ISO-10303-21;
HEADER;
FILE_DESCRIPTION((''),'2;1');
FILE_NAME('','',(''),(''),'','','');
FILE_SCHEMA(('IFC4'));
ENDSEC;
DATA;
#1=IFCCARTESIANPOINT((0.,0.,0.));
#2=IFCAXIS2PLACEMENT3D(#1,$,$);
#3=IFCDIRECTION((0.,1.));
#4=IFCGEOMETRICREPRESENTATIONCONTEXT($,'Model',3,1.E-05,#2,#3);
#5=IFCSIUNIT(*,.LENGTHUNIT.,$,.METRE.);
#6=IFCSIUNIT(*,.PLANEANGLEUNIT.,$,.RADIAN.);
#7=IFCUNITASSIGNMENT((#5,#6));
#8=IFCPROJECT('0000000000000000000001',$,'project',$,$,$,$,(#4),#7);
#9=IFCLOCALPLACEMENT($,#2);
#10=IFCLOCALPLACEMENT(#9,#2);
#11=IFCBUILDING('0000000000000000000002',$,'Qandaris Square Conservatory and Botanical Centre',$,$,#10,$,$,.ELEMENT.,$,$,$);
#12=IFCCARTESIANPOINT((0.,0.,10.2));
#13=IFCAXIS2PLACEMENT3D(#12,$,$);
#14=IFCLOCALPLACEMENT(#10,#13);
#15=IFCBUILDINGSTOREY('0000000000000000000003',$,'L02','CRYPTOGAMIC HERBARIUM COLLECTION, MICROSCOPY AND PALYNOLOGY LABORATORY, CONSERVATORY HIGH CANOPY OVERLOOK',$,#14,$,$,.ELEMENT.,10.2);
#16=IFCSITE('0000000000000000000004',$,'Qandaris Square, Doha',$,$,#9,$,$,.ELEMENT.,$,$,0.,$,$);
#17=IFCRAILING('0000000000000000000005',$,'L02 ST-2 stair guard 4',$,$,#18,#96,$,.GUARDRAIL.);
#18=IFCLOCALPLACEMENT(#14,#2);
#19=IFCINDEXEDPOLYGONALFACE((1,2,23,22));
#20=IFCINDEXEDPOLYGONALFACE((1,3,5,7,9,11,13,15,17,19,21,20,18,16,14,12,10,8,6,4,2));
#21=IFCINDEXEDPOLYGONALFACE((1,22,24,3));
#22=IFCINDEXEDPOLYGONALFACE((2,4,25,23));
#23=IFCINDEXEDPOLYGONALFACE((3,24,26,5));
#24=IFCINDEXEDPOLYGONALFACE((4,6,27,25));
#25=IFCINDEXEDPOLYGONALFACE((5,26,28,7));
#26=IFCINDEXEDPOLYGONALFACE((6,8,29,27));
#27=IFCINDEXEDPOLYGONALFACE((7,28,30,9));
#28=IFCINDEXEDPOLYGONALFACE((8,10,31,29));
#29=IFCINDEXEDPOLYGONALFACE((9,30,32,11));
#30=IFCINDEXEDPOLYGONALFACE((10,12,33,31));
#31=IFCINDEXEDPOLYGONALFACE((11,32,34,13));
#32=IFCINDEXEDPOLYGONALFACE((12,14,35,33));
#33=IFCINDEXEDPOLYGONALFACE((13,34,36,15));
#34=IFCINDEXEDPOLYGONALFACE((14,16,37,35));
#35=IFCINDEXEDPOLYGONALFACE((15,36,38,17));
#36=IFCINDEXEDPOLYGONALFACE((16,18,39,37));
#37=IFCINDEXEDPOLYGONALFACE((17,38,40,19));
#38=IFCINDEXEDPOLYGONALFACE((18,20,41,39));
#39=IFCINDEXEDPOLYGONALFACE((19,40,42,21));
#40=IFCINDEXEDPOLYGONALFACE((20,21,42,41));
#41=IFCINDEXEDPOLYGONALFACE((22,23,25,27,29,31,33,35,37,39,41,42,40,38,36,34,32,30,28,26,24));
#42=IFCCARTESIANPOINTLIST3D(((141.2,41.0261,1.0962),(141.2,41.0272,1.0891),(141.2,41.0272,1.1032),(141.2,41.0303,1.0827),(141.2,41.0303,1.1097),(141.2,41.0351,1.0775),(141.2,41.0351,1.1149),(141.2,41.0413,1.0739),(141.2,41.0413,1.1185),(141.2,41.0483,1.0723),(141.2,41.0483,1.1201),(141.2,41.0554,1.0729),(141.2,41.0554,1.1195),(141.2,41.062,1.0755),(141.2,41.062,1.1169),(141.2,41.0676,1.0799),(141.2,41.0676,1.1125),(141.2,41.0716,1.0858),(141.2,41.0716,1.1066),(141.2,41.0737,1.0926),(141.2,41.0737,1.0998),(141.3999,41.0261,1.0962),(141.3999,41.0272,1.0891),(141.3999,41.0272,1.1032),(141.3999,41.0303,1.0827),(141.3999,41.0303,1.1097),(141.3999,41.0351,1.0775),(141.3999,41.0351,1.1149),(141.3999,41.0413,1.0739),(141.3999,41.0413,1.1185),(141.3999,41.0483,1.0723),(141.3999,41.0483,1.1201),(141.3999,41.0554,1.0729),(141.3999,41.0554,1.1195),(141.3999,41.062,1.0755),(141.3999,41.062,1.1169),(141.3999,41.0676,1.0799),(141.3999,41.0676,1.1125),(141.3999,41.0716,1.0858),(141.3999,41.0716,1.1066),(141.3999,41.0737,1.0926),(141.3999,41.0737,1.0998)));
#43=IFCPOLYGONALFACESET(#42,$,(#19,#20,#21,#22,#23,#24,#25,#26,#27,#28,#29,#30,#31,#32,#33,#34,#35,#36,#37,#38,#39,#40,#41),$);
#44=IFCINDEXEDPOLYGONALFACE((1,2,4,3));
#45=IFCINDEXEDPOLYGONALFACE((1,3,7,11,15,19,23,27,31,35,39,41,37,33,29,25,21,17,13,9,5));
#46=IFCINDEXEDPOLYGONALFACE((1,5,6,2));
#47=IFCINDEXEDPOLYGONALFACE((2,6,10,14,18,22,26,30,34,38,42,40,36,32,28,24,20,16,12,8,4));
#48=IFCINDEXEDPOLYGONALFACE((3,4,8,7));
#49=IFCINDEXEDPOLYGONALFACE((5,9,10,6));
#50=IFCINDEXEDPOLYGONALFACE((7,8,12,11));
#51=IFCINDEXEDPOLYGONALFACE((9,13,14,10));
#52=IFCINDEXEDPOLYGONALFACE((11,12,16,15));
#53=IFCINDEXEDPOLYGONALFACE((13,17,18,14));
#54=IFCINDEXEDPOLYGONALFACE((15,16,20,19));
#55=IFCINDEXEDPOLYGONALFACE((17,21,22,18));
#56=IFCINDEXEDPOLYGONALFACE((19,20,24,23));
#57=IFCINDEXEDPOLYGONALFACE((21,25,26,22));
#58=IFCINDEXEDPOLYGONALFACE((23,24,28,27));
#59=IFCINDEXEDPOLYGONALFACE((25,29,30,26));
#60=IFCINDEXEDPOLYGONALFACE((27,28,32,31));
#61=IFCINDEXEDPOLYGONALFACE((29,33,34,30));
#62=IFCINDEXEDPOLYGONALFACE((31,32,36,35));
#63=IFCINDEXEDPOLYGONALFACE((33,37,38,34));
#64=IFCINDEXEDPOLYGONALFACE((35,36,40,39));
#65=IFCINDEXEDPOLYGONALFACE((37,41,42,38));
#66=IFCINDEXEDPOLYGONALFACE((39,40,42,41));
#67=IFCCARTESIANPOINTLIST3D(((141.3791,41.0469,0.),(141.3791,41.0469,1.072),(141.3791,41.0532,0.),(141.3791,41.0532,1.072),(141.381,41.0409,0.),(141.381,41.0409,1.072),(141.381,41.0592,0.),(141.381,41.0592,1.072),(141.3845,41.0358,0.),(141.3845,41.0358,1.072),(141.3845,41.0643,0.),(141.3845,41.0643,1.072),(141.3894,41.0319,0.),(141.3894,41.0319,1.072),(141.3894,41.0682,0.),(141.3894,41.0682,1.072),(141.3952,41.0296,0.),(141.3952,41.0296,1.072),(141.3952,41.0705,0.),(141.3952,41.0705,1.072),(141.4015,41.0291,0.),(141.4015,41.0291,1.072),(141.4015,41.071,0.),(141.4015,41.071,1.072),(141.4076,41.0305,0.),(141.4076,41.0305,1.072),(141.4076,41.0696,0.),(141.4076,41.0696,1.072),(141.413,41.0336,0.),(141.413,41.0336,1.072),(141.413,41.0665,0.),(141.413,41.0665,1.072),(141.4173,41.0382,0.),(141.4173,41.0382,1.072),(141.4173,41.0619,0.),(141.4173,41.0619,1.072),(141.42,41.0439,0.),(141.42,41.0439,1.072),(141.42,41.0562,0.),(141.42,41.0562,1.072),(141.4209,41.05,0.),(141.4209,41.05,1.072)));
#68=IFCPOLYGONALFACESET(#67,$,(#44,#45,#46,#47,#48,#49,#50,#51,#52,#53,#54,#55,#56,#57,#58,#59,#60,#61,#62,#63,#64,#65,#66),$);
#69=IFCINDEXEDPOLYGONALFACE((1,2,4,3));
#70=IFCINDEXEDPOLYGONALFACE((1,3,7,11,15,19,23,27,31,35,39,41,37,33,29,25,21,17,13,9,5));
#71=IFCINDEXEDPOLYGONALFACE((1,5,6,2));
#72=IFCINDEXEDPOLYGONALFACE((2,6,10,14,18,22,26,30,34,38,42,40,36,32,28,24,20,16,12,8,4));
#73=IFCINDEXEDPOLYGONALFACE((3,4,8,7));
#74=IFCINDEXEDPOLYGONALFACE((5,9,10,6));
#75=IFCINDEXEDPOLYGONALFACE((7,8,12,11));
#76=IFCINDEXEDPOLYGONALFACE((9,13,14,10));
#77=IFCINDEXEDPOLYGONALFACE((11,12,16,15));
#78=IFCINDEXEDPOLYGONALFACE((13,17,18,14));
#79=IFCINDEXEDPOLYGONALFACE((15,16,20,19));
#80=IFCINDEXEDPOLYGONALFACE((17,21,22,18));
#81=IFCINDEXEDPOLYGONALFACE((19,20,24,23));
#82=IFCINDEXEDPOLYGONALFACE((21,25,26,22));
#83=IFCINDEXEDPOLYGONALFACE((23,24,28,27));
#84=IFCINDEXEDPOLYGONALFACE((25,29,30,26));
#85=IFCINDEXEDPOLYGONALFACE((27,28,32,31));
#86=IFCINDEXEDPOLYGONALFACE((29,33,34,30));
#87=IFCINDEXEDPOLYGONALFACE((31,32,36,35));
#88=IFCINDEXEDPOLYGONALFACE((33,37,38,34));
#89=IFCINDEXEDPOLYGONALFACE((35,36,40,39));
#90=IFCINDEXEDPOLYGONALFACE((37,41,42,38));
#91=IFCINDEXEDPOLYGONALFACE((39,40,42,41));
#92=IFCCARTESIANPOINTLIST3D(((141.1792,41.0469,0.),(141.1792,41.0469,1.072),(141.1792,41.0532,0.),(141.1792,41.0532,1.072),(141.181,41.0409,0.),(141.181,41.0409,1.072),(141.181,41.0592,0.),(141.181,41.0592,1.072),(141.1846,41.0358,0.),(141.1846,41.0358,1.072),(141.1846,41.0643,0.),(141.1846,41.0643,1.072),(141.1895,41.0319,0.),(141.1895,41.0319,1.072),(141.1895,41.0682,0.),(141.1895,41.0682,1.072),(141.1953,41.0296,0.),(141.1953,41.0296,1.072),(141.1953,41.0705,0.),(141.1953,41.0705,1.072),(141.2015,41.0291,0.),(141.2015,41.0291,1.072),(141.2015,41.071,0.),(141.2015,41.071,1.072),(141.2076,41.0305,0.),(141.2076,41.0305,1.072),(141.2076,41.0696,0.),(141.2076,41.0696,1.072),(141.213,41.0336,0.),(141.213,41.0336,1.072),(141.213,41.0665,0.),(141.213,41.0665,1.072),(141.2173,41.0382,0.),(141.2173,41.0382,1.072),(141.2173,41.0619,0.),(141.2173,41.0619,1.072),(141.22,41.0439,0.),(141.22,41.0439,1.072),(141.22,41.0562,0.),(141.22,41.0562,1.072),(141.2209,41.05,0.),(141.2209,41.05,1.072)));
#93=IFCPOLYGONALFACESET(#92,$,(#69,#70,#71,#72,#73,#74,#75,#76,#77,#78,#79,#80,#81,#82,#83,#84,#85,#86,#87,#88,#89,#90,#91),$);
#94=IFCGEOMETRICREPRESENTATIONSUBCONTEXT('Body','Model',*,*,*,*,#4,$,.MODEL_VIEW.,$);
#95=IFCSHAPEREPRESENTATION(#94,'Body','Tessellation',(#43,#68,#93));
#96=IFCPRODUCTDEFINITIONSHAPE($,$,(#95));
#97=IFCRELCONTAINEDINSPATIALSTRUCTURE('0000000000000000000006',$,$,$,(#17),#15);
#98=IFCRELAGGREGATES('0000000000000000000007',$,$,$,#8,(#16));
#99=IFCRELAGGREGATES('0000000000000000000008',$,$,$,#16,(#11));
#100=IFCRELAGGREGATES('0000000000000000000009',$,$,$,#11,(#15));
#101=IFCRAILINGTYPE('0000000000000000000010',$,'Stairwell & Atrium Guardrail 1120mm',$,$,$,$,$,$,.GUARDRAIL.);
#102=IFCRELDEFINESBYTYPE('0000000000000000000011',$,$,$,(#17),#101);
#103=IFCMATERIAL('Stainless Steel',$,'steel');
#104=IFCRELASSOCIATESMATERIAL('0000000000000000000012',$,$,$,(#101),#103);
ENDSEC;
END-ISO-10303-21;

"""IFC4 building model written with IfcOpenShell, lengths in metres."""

from ifc_helpers import new_model, si_unit, direction, frame, origin, origin_2d, place, context, subcontext, project, spatial, circle, extrude, material, type_object, element, save


model = new_model("IFC4")

# Units and contexts
model_context = context("Model", 3, precision=1e-05, world=origin(), true_north=direction((0.0, 1.0)))
body_context = subcontext(model_context, "Body", "Model", "MODEL_VIEW")
ifc_project = project(units=[si_unit("LENGTHUNIT", "METRE"), si_unit("PLANEANGLEUNIT", "RADIAN")], contexts=[model_context])

# Site, building, storey
site_placement = place(None, origin())
site = spatial("IfcSite", under=ifc_project, at=site_placement, Name="Qandaris Square, Doha", CompositionType="ELEMENT", RefElevation=0.0)
building_placement = place(site_placement, origin())
building = spatial("IfcBuilding", under=site, at=building_placement, Name="Qandaris Square Conservatory and Botanical Centre", CompositionType="ELEMENT")
storey_placement = place(building_placement, frame((0.0, 0.0, 10.2)))
storey = spatial("IfcBuildingStorey", under=building, at=storey_placement, Name="L02", Description="CRYPTOGAMIC HERBARIUM COLLECTION, MICROSCOPY AND PALYNOLOGY LABORATORY, CONSERVATORY HIGH CANOPY OVERLOOK", CompositionType="ELEMENT", Elevation=10.2)

# Railing
ifc_material_1 = material(Name="Stainless Steel", Category="steel")
railing_type_1 = type_object("IfcRailingType", Name="Stairwell & Atrium Guardrail 1120mm", PredefinedType="GUARDRAIL", material=ifc_material_1)
railing_1_placement = place(storey_placement, frame((141.3999, 41.05, 0.0)))
element("IfcRailing", 1, at=railing_1_placement, inside=storey, type_object=railing_type_1, Name="L02 ST-2 stair guard 4", PredefinedType="GUARDRAIL", context=body_context, shape_type="SweptSolid", body=[
    extrude(circle(Radius=0.0239, at=origin_2d()), frame((0.0, 0.0, 1.0962), z_axis=(-1.0, 0.0, 0.0), x_axis=(0.0, -1.0, 0.0)), (0.0, 0.0, 1.0), 0.2),
    extrude(circle(Radius=0.021, at=origin_2d()), origin(), (0.0, 0.0, 1.0), 1.072),
    extrude(circle(Radius=0.021, at=origin_2d()), frame((-0.2, 0.0, 0.0)), (0.0, 0.0, 1.0), 1.072),
])

save(model, "model.ifc")
